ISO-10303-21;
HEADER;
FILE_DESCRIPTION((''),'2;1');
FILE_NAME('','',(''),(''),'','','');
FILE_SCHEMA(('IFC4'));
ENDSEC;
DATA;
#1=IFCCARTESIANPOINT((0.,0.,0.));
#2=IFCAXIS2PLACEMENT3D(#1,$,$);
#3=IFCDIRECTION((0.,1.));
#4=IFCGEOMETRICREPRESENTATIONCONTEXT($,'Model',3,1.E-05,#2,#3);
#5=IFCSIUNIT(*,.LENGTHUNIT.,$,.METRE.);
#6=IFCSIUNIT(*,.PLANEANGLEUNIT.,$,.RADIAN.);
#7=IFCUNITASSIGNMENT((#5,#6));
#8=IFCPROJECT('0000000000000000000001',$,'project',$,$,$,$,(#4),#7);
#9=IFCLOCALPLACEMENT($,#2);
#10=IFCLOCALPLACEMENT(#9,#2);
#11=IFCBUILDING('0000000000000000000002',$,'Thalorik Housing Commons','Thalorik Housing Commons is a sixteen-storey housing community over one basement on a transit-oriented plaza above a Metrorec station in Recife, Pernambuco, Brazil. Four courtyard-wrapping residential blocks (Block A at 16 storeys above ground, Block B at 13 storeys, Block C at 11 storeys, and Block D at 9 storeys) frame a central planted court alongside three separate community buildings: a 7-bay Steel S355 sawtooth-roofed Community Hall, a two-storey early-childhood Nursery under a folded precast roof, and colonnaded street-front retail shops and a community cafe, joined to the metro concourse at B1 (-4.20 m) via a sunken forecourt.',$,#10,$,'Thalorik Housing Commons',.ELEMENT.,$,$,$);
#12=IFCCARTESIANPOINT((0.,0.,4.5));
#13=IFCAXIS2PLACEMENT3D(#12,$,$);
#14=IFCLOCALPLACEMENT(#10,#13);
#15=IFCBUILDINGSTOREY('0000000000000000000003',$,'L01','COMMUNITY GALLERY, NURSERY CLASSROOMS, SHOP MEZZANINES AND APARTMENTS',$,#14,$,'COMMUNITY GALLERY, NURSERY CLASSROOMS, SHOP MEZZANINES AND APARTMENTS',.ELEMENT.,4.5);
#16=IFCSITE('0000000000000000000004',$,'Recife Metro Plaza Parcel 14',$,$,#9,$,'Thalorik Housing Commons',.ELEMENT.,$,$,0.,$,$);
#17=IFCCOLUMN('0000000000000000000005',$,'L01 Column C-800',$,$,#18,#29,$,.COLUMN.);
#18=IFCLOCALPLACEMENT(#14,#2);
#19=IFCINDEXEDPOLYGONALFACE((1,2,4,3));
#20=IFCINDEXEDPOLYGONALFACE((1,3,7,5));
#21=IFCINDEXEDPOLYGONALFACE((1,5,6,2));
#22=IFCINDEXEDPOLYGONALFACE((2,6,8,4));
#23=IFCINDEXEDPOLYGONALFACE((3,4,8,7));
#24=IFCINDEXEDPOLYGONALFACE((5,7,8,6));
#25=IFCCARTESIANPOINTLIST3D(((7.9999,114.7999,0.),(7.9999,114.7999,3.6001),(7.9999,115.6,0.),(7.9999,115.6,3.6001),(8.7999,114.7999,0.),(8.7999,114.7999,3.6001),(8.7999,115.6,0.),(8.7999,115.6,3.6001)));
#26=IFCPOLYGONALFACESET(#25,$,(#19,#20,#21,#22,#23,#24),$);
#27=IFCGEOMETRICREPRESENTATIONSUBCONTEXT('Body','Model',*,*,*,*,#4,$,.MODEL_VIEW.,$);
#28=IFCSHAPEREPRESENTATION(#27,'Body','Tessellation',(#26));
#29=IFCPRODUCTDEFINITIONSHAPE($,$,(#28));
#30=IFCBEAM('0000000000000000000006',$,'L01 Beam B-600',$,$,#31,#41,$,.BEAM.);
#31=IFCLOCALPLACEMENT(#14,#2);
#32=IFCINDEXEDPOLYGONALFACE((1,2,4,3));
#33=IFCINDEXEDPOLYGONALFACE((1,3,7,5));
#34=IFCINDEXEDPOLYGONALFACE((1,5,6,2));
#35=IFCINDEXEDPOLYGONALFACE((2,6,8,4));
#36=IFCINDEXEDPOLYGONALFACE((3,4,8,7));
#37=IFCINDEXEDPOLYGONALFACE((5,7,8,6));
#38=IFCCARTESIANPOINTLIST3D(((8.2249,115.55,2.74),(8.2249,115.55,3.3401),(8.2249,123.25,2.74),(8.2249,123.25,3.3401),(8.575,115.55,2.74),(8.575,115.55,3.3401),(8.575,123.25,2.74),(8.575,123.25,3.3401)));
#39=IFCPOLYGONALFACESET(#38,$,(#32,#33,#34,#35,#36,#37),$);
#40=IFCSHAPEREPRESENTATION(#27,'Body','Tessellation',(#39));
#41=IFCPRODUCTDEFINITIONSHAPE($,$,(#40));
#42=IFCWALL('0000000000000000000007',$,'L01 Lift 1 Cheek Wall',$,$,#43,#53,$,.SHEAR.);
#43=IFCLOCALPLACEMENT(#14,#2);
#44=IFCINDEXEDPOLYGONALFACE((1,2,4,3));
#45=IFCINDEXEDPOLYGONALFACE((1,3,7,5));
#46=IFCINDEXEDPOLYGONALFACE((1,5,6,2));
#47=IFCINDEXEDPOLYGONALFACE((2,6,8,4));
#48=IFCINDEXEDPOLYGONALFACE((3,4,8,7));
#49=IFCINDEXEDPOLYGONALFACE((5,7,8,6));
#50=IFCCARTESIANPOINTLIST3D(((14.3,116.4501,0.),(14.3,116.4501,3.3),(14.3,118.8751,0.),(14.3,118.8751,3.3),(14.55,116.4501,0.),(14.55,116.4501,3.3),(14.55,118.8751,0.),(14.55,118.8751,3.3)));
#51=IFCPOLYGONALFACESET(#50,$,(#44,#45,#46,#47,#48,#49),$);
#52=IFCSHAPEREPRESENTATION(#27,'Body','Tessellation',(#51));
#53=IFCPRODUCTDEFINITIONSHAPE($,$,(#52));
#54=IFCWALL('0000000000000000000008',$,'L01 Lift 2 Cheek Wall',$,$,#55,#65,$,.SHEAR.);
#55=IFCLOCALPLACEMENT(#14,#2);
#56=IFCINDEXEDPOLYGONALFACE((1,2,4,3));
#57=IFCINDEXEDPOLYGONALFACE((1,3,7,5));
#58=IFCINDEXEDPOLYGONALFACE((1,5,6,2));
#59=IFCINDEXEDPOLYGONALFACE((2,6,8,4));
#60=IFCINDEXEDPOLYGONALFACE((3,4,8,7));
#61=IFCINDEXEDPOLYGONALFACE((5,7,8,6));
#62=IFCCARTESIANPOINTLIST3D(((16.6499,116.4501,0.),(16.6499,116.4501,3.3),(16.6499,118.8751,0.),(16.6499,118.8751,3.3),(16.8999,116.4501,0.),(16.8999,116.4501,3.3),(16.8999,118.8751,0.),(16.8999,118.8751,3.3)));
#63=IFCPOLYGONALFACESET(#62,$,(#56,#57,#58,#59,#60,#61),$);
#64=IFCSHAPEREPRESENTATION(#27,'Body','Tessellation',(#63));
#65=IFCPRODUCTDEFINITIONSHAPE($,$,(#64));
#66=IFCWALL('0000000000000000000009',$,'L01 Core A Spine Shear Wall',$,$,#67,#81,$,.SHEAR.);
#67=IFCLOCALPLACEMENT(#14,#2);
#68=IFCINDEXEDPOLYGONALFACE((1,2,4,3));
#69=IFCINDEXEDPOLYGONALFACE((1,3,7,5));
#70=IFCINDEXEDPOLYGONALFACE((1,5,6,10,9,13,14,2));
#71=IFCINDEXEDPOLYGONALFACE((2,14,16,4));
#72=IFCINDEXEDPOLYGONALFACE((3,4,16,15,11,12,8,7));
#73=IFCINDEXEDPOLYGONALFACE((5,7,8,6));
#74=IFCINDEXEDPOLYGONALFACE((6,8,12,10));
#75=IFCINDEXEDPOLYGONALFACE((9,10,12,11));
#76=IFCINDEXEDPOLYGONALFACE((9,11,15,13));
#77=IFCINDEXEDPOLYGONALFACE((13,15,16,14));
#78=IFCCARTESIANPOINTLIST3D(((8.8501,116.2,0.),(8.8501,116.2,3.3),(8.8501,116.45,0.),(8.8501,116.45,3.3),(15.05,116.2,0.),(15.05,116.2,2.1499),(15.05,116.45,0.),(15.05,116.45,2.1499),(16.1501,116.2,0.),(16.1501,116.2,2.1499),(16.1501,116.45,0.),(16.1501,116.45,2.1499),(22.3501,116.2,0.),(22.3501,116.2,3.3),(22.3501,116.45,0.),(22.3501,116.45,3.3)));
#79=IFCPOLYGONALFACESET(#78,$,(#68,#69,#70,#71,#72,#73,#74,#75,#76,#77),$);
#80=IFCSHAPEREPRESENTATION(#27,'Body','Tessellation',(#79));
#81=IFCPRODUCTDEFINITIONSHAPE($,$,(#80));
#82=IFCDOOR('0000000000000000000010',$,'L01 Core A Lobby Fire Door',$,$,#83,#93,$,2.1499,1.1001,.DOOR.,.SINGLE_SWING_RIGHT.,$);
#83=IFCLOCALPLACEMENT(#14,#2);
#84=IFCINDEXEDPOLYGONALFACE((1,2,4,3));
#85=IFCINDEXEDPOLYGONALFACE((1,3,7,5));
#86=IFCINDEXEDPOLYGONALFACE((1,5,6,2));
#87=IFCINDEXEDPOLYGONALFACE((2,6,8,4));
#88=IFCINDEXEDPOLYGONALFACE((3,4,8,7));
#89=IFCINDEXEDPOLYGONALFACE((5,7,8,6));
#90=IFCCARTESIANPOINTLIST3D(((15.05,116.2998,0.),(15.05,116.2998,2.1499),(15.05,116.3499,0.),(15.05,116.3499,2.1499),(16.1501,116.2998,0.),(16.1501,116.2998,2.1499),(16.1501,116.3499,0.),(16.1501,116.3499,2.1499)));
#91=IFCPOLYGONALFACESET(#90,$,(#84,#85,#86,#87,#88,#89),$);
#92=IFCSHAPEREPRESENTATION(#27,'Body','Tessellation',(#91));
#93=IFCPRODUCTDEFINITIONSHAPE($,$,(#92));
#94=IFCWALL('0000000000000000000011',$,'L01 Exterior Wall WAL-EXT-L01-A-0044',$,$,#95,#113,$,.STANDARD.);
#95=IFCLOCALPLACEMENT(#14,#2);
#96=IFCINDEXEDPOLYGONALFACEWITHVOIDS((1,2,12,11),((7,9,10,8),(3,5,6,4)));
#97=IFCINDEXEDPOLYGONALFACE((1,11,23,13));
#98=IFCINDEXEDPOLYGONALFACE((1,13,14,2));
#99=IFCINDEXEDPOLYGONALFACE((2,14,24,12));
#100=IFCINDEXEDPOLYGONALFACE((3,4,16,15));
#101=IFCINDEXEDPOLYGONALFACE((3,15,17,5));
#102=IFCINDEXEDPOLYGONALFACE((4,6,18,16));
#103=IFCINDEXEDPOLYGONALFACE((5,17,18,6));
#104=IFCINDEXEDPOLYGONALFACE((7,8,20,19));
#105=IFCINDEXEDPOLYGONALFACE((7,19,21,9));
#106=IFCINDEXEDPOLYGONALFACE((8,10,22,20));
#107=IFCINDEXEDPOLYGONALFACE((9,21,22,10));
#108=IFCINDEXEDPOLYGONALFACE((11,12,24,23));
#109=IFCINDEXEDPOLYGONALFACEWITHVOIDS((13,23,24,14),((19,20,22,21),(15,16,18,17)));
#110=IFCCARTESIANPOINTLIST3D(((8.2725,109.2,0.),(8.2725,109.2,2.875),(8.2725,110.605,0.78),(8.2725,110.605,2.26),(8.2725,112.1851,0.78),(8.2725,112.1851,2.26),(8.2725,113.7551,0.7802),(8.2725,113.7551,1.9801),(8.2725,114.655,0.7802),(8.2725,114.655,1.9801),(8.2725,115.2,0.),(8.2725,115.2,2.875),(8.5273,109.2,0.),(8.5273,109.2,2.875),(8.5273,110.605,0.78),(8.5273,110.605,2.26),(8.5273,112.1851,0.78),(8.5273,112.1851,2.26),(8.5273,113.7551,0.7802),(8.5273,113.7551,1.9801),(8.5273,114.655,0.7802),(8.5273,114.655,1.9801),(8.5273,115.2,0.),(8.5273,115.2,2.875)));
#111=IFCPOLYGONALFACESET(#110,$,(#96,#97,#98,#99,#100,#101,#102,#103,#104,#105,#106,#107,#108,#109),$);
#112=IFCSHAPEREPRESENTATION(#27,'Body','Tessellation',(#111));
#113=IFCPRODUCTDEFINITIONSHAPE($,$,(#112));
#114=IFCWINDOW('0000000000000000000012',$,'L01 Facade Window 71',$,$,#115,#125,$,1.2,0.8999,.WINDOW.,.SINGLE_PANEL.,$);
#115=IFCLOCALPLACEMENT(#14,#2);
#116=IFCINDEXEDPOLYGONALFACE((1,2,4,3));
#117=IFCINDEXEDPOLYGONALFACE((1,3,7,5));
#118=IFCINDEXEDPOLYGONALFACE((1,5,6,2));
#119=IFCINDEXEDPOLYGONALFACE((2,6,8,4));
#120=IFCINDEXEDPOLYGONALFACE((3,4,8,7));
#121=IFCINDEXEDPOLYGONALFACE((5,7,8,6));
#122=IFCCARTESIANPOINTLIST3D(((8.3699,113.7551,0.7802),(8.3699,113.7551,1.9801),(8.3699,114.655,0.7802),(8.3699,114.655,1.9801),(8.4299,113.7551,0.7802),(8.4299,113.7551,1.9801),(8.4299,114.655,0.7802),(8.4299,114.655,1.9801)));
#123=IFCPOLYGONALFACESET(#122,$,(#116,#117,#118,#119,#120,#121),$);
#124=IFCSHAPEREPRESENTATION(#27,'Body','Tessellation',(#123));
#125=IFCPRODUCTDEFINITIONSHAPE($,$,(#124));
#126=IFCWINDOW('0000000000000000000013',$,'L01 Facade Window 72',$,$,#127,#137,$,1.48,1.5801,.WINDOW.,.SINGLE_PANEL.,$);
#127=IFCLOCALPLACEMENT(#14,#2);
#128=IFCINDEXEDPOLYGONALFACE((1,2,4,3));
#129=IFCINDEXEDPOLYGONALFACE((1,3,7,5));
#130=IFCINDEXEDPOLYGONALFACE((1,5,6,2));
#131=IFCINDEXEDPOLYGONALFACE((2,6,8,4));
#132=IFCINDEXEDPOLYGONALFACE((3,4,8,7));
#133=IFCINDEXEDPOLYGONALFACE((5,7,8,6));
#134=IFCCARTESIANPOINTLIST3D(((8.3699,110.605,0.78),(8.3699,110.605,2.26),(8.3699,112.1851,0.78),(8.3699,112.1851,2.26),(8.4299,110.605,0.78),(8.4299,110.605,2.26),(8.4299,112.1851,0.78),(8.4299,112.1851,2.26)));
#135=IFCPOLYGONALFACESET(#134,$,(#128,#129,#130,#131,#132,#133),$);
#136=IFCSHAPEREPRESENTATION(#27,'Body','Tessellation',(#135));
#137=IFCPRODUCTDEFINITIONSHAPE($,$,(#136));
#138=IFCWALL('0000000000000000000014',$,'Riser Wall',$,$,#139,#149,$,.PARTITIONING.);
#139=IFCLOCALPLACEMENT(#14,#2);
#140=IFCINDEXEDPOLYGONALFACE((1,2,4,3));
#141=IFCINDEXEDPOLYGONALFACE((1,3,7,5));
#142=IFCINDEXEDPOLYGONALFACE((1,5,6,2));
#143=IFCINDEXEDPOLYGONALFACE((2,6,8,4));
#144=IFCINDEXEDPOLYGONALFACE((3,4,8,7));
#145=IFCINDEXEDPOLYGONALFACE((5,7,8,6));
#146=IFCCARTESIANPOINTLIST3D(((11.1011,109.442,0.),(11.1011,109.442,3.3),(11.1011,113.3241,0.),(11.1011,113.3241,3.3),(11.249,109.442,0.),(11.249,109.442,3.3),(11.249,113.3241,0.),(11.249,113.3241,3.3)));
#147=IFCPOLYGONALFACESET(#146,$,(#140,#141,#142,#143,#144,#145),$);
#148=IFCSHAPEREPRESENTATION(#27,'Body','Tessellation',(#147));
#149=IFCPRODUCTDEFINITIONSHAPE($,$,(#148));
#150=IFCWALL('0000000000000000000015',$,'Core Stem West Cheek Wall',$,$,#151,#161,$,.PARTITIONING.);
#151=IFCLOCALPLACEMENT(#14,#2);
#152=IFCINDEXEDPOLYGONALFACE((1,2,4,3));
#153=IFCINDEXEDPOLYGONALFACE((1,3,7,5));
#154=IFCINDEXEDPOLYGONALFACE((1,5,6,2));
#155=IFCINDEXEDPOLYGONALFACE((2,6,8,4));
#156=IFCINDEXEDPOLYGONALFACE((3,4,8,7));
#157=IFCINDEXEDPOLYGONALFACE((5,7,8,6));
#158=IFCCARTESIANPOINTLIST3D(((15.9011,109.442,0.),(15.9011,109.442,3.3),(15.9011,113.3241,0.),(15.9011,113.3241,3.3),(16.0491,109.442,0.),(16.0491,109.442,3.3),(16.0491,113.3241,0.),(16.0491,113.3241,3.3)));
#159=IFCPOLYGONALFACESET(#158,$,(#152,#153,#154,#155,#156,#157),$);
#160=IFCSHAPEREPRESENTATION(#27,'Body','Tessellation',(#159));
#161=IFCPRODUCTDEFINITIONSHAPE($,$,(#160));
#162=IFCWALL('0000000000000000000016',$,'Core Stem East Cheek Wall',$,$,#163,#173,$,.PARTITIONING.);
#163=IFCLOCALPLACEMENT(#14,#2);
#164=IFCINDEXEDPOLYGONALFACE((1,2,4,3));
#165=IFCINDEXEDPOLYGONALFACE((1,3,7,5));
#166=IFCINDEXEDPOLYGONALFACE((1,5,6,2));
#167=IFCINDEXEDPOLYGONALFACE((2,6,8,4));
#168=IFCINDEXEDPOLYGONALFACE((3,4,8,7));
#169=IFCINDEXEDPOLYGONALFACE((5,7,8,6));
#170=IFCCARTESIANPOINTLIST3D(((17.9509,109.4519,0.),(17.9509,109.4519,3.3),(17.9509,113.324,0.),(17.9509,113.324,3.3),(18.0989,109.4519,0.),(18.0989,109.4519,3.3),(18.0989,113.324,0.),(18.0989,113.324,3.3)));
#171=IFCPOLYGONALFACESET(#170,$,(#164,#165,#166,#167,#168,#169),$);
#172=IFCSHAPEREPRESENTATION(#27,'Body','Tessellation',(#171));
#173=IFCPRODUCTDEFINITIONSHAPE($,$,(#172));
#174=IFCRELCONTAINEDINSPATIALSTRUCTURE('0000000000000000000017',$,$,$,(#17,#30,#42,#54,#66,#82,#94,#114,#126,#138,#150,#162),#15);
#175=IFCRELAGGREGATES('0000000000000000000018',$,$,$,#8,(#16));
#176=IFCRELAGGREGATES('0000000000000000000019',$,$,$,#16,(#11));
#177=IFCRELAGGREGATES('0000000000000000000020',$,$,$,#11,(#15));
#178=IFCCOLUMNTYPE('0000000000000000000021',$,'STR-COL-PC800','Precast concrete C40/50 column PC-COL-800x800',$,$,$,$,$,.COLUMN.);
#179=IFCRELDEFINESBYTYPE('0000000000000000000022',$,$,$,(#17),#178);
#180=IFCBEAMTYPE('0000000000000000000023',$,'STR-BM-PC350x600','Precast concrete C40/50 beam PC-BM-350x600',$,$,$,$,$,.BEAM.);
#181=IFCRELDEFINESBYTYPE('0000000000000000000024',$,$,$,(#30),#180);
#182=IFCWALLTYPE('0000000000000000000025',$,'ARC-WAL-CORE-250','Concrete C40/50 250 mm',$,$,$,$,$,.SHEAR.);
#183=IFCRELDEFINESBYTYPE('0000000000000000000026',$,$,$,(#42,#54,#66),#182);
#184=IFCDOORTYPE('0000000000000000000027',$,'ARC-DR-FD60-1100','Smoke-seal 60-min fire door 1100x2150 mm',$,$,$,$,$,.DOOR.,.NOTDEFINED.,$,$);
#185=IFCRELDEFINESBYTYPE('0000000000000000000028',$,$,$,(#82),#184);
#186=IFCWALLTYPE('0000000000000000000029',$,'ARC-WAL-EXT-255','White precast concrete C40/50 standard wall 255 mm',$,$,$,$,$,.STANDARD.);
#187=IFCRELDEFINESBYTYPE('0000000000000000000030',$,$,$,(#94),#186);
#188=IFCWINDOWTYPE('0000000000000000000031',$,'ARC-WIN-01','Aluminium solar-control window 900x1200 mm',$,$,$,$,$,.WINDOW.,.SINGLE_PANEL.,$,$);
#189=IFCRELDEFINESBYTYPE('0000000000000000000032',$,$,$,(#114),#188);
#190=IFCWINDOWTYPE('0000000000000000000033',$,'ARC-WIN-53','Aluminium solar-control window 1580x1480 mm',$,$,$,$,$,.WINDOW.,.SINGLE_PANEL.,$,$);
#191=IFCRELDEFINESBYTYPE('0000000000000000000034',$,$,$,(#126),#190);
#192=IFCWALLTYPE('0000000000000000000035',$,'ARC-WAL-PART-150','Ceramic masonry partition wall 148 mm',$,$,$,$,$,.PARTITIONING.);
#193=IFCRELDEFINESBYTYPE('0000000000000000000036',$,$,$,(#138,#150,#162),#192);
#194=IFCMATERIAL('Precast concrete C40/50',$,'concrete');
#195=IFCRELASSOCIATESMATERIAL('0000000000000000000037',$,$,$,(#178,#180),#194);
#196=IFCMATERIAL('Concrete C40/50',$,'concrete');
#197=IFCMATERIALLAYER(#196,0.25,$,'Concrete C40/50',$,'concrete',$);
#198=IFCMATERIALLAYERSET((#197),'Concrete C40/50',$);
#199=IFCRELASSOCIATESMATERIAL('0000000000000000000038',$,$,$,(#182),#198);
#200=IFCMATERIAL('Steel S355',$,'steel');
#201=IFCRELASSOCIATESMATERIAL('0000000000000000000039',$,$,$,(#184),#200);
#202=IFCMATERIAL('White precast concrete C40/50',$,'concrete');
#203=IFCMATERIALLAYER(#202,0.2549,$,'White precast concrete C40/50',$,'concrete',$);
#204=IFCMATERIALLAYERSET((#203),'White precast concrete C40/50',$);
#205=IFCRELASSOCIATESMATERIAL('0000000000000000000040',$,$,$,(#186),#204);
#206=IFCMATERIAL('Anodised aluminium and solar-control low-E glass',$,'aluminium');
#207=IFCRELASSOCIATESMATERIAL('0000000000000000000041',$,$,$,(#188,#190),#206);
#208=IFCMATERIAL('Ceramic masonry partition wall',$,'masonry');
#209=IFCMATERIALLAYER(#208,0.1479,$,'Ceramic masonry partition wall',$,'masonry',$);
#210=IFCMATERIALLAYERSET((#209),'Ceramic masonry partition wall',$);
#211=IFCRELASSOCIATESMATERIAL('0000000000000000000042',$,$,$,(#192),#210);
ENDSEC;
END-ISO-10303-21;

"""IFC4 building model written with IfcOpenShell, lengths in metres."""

from ifc_helpers import new_model, si_unit, direction, frame, frame_2d, origin, origin_2d, place, context, subcontext, project, spatial, rectangle, extrude, material, layer, layer_set, material_profile, profile_set, type_object, element, fill, save


model = new_model("IFC4")

# Units and contexts
model_context = context("Model", 3, precision=1e-05, world=origin(), true_north=direction((0.0, 1.0)))
body_context = subcontext(model_context, "Body", "Model", "MODEL_VIEW")
ifc_project = project(units=[si_unit("LENGTHUNIT", "METRE"), si_unit("PLANEANGLEUNIT", "RADIAN")], contexts=[model_context])

# Site, building, storey
site_placement = place(None, origin())
site = spatial("IfcSite", under=ifc_project, at=site_placement, Name="Recife Metro Plaza Parcel 14", LongName="Thalorik Housing Commons", CompositionType="ELEMENT", RefElevation=0.0)
building_placement = place(site_placement, origin())
building = spatial("IfcBuilding", under=site, at=building_placement, Name="Thalorik Housing Commons", Description="Thalorik Housing Commons is a sixteen-storey housing community over one basement on a transit-oriented plaza above a Metrorec station in Recife, Pernambuco, Brazil. Four courtyard-wrapping residential blocks (Block A at 16 storeys above ground, Block B at 13 storeys, Block C at 11 storeys, and Block D at 9 storeys) frame a central planted court alongside three separate community buildings: a 7-bay Steel S355 sawtooth-roofed Community Hall, a two-storey early-childhood Nursery under a folded precast roof, and colonnaded street-front retail shops and a community cafe, joined to the metro concourse at B1 (-4.20 m) via a sunken forecourt.", LongName="Thalorik Housing Commons", CompositionType="ELEMENT")
storey_placement = place(building_placement, frame((0.0, 0.0, 4.5)))
storey = spatial("IfcBuildingStorey", under=building, at=storey_placement, Name="L01", Description="COMMUNITY GALLERY, NURSERY CLASSROOMS, SHOP MEZZANINES AND APARTMENTS", LongName="COMMUNITY GALLERY, NURSERY CLASSROOMS, SHOP MEZZANINES AND APARTMENTS", CompositionType="ELEMENT", Elevation=4.5)

# Column
ifc_material_1 = material(Name="Precast concrete C40/50", Category="concrete")
ifc_material_profile_1 = material_profile(ifc_material_1, rectangle(XDim=0.8, YDim=0.8, at=origin_2d()), Name="PC 800x800", Category="concrete")
ifc_profile_set_1 = profile_set([ifc_material_profile_1], Name="Precast concrete C40/50")
column_type = type_object("IfcColumnType", Name="STR-COL-PC800", Description="Precast concrete C40/50 column PC-COL-800x800", PredefinedType="COLUMN", material=ifc_profile_set_1)
column_placement = place(storey_placement, frame((8.3999, 115.2, 0.0), z_axis=(0.0, 0.0, 1.0), x_axis=(1.0, 0.0, 0.0)))
element("IfcColumn", 1, at=column_placement, inside=storey, type_object=column_type, Name="L01 Column C-800", PredefinedType="COLUMN", context=body_context, shape_type="SweptSolid", body=[
    extrude(rectangle(XDim=0.8, YDim=0.8, at=origin_2d()), origin(), (0.0, 0.0, 1.0), 3.6001),
])

# Beam
ifc_material_profile_2 = material_profile(ifc_material_1, rectangle(XDim=0.3501, YDim=0.6001, at=origin_2d()), Name="PC 350x600", Category="concrete")
ifc_profile_set_2 = profile_set([ifc_material_profile_2], Name="Precast concrete C40/50")
beam_type = type_object("IfcBeamType", Name="STR-BM-PC350x600", Description="Precast concrete C40/50 beam PC-BM-350x600", PredefinedType="BEAM", material=ifc_profile_set_2)
beam_placement = place(storey_placement, frame((8.3999, 115.55, 3.04), z_axis=(0.0, 1.0, 0.0), x_axis=(-1.0, 0.0, 0.0)))
element("IfcBeam", 2, at=beam_placement, inside=storey, type_object=beam_type, Name="L01 Beam B-600", PredefinedType="BEAM", context=body_context, shape_type="SweptSolid", body=[
    extrude(rectangle(XDim=0.3501, YDim=0.6001, at=origin_2d()), origin(), (0.0, 0.0, 1.0), 7.7),
])

# Shared definitions
ifc_material_2 = material(Name="Concrete C40/50", Category="concrete")
ifc_layer_1 = layer(ifc_material_2, 0.25, Name="Concrete C40/50", Category="concrete")
ifc_layer_set_1 = layer_set([ifc_layer_1], Name="Concrete C40/50")
wall_type_1 = type_object("IfcWallType", Name="ARC-WAL-CORE-250", Description="Concrete C40/50 250 mm", PredefinedType="SHEAR", material=ifc_layer_set_1)
ifc_material_3 = material(Name="Steel S355", Category="steel")

# Walls
for number, where, z_axis, x_axis, name in (
    (3, (14.425, 118.875, 0.0), (0.0, 0.0, 1.0), (0.0, -1.0, 0.0), "L01 Lift 1 Cheek Wall"),
    (4, (16.7749, 118.875, 0.0), (0.0, 0.0, 1.0), (0.0, -1.0, 0.0), "L01 Lift 2 Cheek Wall"),
):
    element("IfcWall", number, at=place(storey_placement, frame(where, z_axis=z_axis, x_axis=x_axis)), inside=storey, type_object=wall_type_1, Name=name, PredefinedType="SHEAR", context=body_context, shape_type="SweptSolid", body=[
        extrude(rectangle(XDim=2.425, YDim=0.25, at=frame_2d((1.2124, 0.0))), origin(), (0.0, 0.0, 1.0), 3.3),
    ])

# Wall, opening, door
wall_1_placement = place(storey_placement, frame((8.8501, 116.325, 0.0), z_axis=(0.0, 0.0, 1.0), x_axis=(1.0, 0.0, 0.0)))
wall_1 = element("IfcWall", 5, at=wall_1_placement, inside=storey, type_object=wall_type_1, Name="L01 Core A Spine Shear Wall", PredefinedType="SHEAR", context=body_context, shape_type="SweptSolid", body=[
    extrude(rectangle(XDim=13.5, YDim=0.25, at=frame_2d((6.75, 0.0))), origin(), (0.0, 0.0, 1.0), 3.3),
])
opening_1_placement = place(wall_1_placement, frame((6.2, 0.0, 0.0)))
opening_1 = element("IfcOpeningElement", 6, at=opening_1_placement, cuts=wall_1, PredefinedType="OPENING", context=body_context, shape_type="SweptSolid", body=[
    extrude(rectangle(XDim=1.1001, YDim=2.1499, at=frame_2d((0.55, 1.075))), frame((0.0, 0.135, 0.0), z_axis=(0.0, -1.0, 0.0), x_axis=(1.0, 0.0, 0.0)), (0.0, 0.0, 1.0), 0.27),
])
door_type_1 = type_object("IfcDoorType", Name="ARC-DR-FD60-1100", Description="Smoke-seal 60-min fire door 1100x2150 mm", OperationType="NOTDEFINED", PredefinedType="DOOR", material=ifc_material_3)
door_1_placement = place(opening_1_placement, origin())
door_1 = element("IfcDoor", 7, at=door_1_placement, inside=storey, type_object=door_type_1, Name="L01 Core A Lobby Fire Door", OperationType="SINGLE_SWING_RIGHT", OverallHeight=2.1499, OverallWidth=1.1001, PredefinedType="DOOR", context=body_context, shape_type="SweptSolid", body=[
    extrude(rectangle(XDim=1.1001, YDim=2.1499, at=frame_2d((0.55, 1.075))), frame((0.0, 0.0249, 0.0), z_axis=(0.0, -1.0, 0.0), x_axis=(1.0, 0.0, 0.0)), (0.0, 0.0, 1.0), 0.05),
])
fill(opening_1, door_1)

# Wall, openings, windows
ifc_material_4 = material(Name="White precast concrete C40/50", Category="concrete")
ifc_layer_2 = layer(ifc_material_4, 0.2549, Name="White precast concrete C40/50", Category="concrete")
ifc_layer_set_2 = layer_set([ifc_layer_2], Name="White precast concrete C40/50")
wall_type_2 = type_object("IfcWallType", Name="ARC-WAL-EXT-255", Description="White precast concrete C40/50 standard wall 255 mm", PredefinedType="STANDARD", material=ifc_layer_set_2)
wall_2_placement = place(storey_placement, frame((8.3999, 115.2, 0.0), z_axis=(0.0, 0.0, 1.0), x_axis=(0.0, -1.0, 0.0)))
wall_2 = element("IfcWall", 8, at=wall_2_placement, inside=storey, type_object=wall_type_2, Name="L01 Exterior Wall WAL-EXT-L01-A-0044", PredefinedType="STANDARD", context=body_context, shape_type="SweptSolid", body=[
    extrude(rectangle(XDim=6.0, YDim=0.2549, at=frame_2d((3.0, 0.0))), origin(), (0.0, 0.0, 1.0), 2.875),
])
opening_2_placement = place(wall_2_placement, frame((0.5449, 0.0, 0.78)))
opening_2 = element("IfcOpeningElement", 9, at=opening_2_placement, cuts=wall_2, PredefinedType="OPENING", context=body_context, shape_type="SweptSolid", body=[
    extrude(rectangle(XDim=0.8999, YDim=1.2, at=frame_2d((0.45, 0.6001))), frame((0.0, 0.1375, 0.0), z_axis=(0.0, -1.0, 0.0), x_axis=(1.0, 0.0, 0.0)), (0.0, 0.0, 1.0), 0.2749),
])
opening_3_placement = place(wall_2_placement, frame((3.0149, 0.0, 0.78)))
opening_3 = element("IfcOpeningElement", 10, at=opening_3_placement, cuts=wall_2, PredefinedType="OPENING", context=body_context, shape_type="SweptSolid", body=[
    extrude(rectangle(XDim=1.5801, YDim=1.48, at=frame_2d((0.79, 0.74))), frame((0.0, 0.1375, 0.0), z_axis=(0.0, -1.0, 0.0), x_axis=(1.0, 0.0, 0.0)), (0.0, 0.0, 1.0), 0.2749),
])
ifc_material_5 = material(Name="Anodised aluminium and solar-control low-E glass", Category="aluminium")
window_type_1 = type_object("IfcWindowType", Name="ARC-WIN-01", Description="Aluminium solar-control window 900x1200 mm", PartitioningType="SINGLE_PANEL", PredefinedType="WINDOW", material=ifc_material_5)
window_1_placement = place(opening_2_placement, origin())
window_1 = element("IfcWindow", 11, at=window_1_placement, inside=storey, type_object=window_type_1, Name="L01 Facade Window 71", OverallHeight=1.2, OverallWidth=0.8999, PartitioningType="SINGLE_PANEL", PredefinedType="WINDOW", context=body_context, shape_type="SweptSolid", body=[
    extrude(rectangle(XDim=0.8999, YDim=1.2, at=frame_2d((0.45, 0.6001))), frame((0.0, 0.03, 0.0), z_axis=(0.0, -1.0, 0.0), x_axis=(1.0, 0.0, 0.0)), (0.0, 0.0, 1.0), 0.0601),
])
fill(opening_2, window_1)
window_type_2 = type_object("IfcWindowType", Name="ARC-WIN-53", Description="Aluminium solar-control window 1580x1480 mm", PartitioningType="SINGLE_PANEL", PredefinedType="WINDOW", material=ifc_material_5)
window_2_placement = place(opening_3_placement, origin())
window_2 = element("IfcWindow", 12, at=window_2_placement, inside=storey, type_object=window_type_2, Name="L01 Facade Window 72", OverallHeight=1.48, OverallWidth=1.5801, PartitioningType="SINGLE_PANEL", PredefinedType="WINDOW", context=body_context, shape_type="SweptSolid", body=[
    extrude(rectangle(XDim=1.5801, YDim=1.48, at=frame_2d((0.79, 0.74))), frame((0.0, 0.03, 0.0), z_axis=(0.0, -1.0, 0.0), x_axis=(1.0, 0.0, 0.0)), (0.0, 0.0, 1.0), 0.0601),
])
fill(opening_3, window_2)

# Walls
ifc_material_6 = material(Name="Ceramic masonry partition wall", Category="masonry")
ifc_layer_3 = layer(ifc_material_6, 0.1479, Name="Ceramic masonry partition wall", Category="masonry")
ifc_layer_set_3 = layer_set([ifc_layer_3], Name="Ceramic masonry partition wall")
wall_type_3 = type_object("IfcWallType", Name="ARC-WAL-PART-150", Description="Ceramic masonry partition wall 148 mm", PredefinedType="PARTITIONING", material=ifc_layer_set_3)
for number, where, z_axis, x_axis, name in (
    (13, (11.175, 113.324, 0.0), (0.0, 0.0, 1.0), (0.0, -1.0, 0.0), "Riser Wall"),
    (14, (15.9751, 113.324, 0.0), (0.0, 0.0, 1.0), (0.0, -1.0, 0.0), "Core Stem West Cheek Wall"),
):
    element("IfcWall", number, at=place(storey_placement, frame(where, z_axis=z_axis, x_axis=x_axis)), inside=storey, type_object=wall_type_3, Name=name, PredefinedType="PARTITIONING", context=body_context, shape_type="SweptSolid", body=[
        extrude(rectangle(XDim=3.8821, YDim=0.1479, at=frame_2d((1.9409, 0.0))), origin(), (0.0, 0.0, 1.0), 3.3),
    ])
wall_3_placement = place(storey_placement, frame((18.0249, 113.324, 0.0), z_axis=(0.0, 0.0, 1.0), x_axis=(0.0, -1.0, 0.0)))
element("IfcWall", 15, at=wall_3_placement, inside=storey, type_object=wall_type_3, Name="Core Stem East Cheek Wall", PredefinedType="PARTITIONING", context=body_context, shape_type="SweptSolid", body=[
    extrude(rectangle(XDim=3.8721, YDim=0.1479, at=frame_2d((1.936, 0.0))), origin(), (0.0, 0.0, 1.0), 3.3),
])

save(model, "model.ifc")
